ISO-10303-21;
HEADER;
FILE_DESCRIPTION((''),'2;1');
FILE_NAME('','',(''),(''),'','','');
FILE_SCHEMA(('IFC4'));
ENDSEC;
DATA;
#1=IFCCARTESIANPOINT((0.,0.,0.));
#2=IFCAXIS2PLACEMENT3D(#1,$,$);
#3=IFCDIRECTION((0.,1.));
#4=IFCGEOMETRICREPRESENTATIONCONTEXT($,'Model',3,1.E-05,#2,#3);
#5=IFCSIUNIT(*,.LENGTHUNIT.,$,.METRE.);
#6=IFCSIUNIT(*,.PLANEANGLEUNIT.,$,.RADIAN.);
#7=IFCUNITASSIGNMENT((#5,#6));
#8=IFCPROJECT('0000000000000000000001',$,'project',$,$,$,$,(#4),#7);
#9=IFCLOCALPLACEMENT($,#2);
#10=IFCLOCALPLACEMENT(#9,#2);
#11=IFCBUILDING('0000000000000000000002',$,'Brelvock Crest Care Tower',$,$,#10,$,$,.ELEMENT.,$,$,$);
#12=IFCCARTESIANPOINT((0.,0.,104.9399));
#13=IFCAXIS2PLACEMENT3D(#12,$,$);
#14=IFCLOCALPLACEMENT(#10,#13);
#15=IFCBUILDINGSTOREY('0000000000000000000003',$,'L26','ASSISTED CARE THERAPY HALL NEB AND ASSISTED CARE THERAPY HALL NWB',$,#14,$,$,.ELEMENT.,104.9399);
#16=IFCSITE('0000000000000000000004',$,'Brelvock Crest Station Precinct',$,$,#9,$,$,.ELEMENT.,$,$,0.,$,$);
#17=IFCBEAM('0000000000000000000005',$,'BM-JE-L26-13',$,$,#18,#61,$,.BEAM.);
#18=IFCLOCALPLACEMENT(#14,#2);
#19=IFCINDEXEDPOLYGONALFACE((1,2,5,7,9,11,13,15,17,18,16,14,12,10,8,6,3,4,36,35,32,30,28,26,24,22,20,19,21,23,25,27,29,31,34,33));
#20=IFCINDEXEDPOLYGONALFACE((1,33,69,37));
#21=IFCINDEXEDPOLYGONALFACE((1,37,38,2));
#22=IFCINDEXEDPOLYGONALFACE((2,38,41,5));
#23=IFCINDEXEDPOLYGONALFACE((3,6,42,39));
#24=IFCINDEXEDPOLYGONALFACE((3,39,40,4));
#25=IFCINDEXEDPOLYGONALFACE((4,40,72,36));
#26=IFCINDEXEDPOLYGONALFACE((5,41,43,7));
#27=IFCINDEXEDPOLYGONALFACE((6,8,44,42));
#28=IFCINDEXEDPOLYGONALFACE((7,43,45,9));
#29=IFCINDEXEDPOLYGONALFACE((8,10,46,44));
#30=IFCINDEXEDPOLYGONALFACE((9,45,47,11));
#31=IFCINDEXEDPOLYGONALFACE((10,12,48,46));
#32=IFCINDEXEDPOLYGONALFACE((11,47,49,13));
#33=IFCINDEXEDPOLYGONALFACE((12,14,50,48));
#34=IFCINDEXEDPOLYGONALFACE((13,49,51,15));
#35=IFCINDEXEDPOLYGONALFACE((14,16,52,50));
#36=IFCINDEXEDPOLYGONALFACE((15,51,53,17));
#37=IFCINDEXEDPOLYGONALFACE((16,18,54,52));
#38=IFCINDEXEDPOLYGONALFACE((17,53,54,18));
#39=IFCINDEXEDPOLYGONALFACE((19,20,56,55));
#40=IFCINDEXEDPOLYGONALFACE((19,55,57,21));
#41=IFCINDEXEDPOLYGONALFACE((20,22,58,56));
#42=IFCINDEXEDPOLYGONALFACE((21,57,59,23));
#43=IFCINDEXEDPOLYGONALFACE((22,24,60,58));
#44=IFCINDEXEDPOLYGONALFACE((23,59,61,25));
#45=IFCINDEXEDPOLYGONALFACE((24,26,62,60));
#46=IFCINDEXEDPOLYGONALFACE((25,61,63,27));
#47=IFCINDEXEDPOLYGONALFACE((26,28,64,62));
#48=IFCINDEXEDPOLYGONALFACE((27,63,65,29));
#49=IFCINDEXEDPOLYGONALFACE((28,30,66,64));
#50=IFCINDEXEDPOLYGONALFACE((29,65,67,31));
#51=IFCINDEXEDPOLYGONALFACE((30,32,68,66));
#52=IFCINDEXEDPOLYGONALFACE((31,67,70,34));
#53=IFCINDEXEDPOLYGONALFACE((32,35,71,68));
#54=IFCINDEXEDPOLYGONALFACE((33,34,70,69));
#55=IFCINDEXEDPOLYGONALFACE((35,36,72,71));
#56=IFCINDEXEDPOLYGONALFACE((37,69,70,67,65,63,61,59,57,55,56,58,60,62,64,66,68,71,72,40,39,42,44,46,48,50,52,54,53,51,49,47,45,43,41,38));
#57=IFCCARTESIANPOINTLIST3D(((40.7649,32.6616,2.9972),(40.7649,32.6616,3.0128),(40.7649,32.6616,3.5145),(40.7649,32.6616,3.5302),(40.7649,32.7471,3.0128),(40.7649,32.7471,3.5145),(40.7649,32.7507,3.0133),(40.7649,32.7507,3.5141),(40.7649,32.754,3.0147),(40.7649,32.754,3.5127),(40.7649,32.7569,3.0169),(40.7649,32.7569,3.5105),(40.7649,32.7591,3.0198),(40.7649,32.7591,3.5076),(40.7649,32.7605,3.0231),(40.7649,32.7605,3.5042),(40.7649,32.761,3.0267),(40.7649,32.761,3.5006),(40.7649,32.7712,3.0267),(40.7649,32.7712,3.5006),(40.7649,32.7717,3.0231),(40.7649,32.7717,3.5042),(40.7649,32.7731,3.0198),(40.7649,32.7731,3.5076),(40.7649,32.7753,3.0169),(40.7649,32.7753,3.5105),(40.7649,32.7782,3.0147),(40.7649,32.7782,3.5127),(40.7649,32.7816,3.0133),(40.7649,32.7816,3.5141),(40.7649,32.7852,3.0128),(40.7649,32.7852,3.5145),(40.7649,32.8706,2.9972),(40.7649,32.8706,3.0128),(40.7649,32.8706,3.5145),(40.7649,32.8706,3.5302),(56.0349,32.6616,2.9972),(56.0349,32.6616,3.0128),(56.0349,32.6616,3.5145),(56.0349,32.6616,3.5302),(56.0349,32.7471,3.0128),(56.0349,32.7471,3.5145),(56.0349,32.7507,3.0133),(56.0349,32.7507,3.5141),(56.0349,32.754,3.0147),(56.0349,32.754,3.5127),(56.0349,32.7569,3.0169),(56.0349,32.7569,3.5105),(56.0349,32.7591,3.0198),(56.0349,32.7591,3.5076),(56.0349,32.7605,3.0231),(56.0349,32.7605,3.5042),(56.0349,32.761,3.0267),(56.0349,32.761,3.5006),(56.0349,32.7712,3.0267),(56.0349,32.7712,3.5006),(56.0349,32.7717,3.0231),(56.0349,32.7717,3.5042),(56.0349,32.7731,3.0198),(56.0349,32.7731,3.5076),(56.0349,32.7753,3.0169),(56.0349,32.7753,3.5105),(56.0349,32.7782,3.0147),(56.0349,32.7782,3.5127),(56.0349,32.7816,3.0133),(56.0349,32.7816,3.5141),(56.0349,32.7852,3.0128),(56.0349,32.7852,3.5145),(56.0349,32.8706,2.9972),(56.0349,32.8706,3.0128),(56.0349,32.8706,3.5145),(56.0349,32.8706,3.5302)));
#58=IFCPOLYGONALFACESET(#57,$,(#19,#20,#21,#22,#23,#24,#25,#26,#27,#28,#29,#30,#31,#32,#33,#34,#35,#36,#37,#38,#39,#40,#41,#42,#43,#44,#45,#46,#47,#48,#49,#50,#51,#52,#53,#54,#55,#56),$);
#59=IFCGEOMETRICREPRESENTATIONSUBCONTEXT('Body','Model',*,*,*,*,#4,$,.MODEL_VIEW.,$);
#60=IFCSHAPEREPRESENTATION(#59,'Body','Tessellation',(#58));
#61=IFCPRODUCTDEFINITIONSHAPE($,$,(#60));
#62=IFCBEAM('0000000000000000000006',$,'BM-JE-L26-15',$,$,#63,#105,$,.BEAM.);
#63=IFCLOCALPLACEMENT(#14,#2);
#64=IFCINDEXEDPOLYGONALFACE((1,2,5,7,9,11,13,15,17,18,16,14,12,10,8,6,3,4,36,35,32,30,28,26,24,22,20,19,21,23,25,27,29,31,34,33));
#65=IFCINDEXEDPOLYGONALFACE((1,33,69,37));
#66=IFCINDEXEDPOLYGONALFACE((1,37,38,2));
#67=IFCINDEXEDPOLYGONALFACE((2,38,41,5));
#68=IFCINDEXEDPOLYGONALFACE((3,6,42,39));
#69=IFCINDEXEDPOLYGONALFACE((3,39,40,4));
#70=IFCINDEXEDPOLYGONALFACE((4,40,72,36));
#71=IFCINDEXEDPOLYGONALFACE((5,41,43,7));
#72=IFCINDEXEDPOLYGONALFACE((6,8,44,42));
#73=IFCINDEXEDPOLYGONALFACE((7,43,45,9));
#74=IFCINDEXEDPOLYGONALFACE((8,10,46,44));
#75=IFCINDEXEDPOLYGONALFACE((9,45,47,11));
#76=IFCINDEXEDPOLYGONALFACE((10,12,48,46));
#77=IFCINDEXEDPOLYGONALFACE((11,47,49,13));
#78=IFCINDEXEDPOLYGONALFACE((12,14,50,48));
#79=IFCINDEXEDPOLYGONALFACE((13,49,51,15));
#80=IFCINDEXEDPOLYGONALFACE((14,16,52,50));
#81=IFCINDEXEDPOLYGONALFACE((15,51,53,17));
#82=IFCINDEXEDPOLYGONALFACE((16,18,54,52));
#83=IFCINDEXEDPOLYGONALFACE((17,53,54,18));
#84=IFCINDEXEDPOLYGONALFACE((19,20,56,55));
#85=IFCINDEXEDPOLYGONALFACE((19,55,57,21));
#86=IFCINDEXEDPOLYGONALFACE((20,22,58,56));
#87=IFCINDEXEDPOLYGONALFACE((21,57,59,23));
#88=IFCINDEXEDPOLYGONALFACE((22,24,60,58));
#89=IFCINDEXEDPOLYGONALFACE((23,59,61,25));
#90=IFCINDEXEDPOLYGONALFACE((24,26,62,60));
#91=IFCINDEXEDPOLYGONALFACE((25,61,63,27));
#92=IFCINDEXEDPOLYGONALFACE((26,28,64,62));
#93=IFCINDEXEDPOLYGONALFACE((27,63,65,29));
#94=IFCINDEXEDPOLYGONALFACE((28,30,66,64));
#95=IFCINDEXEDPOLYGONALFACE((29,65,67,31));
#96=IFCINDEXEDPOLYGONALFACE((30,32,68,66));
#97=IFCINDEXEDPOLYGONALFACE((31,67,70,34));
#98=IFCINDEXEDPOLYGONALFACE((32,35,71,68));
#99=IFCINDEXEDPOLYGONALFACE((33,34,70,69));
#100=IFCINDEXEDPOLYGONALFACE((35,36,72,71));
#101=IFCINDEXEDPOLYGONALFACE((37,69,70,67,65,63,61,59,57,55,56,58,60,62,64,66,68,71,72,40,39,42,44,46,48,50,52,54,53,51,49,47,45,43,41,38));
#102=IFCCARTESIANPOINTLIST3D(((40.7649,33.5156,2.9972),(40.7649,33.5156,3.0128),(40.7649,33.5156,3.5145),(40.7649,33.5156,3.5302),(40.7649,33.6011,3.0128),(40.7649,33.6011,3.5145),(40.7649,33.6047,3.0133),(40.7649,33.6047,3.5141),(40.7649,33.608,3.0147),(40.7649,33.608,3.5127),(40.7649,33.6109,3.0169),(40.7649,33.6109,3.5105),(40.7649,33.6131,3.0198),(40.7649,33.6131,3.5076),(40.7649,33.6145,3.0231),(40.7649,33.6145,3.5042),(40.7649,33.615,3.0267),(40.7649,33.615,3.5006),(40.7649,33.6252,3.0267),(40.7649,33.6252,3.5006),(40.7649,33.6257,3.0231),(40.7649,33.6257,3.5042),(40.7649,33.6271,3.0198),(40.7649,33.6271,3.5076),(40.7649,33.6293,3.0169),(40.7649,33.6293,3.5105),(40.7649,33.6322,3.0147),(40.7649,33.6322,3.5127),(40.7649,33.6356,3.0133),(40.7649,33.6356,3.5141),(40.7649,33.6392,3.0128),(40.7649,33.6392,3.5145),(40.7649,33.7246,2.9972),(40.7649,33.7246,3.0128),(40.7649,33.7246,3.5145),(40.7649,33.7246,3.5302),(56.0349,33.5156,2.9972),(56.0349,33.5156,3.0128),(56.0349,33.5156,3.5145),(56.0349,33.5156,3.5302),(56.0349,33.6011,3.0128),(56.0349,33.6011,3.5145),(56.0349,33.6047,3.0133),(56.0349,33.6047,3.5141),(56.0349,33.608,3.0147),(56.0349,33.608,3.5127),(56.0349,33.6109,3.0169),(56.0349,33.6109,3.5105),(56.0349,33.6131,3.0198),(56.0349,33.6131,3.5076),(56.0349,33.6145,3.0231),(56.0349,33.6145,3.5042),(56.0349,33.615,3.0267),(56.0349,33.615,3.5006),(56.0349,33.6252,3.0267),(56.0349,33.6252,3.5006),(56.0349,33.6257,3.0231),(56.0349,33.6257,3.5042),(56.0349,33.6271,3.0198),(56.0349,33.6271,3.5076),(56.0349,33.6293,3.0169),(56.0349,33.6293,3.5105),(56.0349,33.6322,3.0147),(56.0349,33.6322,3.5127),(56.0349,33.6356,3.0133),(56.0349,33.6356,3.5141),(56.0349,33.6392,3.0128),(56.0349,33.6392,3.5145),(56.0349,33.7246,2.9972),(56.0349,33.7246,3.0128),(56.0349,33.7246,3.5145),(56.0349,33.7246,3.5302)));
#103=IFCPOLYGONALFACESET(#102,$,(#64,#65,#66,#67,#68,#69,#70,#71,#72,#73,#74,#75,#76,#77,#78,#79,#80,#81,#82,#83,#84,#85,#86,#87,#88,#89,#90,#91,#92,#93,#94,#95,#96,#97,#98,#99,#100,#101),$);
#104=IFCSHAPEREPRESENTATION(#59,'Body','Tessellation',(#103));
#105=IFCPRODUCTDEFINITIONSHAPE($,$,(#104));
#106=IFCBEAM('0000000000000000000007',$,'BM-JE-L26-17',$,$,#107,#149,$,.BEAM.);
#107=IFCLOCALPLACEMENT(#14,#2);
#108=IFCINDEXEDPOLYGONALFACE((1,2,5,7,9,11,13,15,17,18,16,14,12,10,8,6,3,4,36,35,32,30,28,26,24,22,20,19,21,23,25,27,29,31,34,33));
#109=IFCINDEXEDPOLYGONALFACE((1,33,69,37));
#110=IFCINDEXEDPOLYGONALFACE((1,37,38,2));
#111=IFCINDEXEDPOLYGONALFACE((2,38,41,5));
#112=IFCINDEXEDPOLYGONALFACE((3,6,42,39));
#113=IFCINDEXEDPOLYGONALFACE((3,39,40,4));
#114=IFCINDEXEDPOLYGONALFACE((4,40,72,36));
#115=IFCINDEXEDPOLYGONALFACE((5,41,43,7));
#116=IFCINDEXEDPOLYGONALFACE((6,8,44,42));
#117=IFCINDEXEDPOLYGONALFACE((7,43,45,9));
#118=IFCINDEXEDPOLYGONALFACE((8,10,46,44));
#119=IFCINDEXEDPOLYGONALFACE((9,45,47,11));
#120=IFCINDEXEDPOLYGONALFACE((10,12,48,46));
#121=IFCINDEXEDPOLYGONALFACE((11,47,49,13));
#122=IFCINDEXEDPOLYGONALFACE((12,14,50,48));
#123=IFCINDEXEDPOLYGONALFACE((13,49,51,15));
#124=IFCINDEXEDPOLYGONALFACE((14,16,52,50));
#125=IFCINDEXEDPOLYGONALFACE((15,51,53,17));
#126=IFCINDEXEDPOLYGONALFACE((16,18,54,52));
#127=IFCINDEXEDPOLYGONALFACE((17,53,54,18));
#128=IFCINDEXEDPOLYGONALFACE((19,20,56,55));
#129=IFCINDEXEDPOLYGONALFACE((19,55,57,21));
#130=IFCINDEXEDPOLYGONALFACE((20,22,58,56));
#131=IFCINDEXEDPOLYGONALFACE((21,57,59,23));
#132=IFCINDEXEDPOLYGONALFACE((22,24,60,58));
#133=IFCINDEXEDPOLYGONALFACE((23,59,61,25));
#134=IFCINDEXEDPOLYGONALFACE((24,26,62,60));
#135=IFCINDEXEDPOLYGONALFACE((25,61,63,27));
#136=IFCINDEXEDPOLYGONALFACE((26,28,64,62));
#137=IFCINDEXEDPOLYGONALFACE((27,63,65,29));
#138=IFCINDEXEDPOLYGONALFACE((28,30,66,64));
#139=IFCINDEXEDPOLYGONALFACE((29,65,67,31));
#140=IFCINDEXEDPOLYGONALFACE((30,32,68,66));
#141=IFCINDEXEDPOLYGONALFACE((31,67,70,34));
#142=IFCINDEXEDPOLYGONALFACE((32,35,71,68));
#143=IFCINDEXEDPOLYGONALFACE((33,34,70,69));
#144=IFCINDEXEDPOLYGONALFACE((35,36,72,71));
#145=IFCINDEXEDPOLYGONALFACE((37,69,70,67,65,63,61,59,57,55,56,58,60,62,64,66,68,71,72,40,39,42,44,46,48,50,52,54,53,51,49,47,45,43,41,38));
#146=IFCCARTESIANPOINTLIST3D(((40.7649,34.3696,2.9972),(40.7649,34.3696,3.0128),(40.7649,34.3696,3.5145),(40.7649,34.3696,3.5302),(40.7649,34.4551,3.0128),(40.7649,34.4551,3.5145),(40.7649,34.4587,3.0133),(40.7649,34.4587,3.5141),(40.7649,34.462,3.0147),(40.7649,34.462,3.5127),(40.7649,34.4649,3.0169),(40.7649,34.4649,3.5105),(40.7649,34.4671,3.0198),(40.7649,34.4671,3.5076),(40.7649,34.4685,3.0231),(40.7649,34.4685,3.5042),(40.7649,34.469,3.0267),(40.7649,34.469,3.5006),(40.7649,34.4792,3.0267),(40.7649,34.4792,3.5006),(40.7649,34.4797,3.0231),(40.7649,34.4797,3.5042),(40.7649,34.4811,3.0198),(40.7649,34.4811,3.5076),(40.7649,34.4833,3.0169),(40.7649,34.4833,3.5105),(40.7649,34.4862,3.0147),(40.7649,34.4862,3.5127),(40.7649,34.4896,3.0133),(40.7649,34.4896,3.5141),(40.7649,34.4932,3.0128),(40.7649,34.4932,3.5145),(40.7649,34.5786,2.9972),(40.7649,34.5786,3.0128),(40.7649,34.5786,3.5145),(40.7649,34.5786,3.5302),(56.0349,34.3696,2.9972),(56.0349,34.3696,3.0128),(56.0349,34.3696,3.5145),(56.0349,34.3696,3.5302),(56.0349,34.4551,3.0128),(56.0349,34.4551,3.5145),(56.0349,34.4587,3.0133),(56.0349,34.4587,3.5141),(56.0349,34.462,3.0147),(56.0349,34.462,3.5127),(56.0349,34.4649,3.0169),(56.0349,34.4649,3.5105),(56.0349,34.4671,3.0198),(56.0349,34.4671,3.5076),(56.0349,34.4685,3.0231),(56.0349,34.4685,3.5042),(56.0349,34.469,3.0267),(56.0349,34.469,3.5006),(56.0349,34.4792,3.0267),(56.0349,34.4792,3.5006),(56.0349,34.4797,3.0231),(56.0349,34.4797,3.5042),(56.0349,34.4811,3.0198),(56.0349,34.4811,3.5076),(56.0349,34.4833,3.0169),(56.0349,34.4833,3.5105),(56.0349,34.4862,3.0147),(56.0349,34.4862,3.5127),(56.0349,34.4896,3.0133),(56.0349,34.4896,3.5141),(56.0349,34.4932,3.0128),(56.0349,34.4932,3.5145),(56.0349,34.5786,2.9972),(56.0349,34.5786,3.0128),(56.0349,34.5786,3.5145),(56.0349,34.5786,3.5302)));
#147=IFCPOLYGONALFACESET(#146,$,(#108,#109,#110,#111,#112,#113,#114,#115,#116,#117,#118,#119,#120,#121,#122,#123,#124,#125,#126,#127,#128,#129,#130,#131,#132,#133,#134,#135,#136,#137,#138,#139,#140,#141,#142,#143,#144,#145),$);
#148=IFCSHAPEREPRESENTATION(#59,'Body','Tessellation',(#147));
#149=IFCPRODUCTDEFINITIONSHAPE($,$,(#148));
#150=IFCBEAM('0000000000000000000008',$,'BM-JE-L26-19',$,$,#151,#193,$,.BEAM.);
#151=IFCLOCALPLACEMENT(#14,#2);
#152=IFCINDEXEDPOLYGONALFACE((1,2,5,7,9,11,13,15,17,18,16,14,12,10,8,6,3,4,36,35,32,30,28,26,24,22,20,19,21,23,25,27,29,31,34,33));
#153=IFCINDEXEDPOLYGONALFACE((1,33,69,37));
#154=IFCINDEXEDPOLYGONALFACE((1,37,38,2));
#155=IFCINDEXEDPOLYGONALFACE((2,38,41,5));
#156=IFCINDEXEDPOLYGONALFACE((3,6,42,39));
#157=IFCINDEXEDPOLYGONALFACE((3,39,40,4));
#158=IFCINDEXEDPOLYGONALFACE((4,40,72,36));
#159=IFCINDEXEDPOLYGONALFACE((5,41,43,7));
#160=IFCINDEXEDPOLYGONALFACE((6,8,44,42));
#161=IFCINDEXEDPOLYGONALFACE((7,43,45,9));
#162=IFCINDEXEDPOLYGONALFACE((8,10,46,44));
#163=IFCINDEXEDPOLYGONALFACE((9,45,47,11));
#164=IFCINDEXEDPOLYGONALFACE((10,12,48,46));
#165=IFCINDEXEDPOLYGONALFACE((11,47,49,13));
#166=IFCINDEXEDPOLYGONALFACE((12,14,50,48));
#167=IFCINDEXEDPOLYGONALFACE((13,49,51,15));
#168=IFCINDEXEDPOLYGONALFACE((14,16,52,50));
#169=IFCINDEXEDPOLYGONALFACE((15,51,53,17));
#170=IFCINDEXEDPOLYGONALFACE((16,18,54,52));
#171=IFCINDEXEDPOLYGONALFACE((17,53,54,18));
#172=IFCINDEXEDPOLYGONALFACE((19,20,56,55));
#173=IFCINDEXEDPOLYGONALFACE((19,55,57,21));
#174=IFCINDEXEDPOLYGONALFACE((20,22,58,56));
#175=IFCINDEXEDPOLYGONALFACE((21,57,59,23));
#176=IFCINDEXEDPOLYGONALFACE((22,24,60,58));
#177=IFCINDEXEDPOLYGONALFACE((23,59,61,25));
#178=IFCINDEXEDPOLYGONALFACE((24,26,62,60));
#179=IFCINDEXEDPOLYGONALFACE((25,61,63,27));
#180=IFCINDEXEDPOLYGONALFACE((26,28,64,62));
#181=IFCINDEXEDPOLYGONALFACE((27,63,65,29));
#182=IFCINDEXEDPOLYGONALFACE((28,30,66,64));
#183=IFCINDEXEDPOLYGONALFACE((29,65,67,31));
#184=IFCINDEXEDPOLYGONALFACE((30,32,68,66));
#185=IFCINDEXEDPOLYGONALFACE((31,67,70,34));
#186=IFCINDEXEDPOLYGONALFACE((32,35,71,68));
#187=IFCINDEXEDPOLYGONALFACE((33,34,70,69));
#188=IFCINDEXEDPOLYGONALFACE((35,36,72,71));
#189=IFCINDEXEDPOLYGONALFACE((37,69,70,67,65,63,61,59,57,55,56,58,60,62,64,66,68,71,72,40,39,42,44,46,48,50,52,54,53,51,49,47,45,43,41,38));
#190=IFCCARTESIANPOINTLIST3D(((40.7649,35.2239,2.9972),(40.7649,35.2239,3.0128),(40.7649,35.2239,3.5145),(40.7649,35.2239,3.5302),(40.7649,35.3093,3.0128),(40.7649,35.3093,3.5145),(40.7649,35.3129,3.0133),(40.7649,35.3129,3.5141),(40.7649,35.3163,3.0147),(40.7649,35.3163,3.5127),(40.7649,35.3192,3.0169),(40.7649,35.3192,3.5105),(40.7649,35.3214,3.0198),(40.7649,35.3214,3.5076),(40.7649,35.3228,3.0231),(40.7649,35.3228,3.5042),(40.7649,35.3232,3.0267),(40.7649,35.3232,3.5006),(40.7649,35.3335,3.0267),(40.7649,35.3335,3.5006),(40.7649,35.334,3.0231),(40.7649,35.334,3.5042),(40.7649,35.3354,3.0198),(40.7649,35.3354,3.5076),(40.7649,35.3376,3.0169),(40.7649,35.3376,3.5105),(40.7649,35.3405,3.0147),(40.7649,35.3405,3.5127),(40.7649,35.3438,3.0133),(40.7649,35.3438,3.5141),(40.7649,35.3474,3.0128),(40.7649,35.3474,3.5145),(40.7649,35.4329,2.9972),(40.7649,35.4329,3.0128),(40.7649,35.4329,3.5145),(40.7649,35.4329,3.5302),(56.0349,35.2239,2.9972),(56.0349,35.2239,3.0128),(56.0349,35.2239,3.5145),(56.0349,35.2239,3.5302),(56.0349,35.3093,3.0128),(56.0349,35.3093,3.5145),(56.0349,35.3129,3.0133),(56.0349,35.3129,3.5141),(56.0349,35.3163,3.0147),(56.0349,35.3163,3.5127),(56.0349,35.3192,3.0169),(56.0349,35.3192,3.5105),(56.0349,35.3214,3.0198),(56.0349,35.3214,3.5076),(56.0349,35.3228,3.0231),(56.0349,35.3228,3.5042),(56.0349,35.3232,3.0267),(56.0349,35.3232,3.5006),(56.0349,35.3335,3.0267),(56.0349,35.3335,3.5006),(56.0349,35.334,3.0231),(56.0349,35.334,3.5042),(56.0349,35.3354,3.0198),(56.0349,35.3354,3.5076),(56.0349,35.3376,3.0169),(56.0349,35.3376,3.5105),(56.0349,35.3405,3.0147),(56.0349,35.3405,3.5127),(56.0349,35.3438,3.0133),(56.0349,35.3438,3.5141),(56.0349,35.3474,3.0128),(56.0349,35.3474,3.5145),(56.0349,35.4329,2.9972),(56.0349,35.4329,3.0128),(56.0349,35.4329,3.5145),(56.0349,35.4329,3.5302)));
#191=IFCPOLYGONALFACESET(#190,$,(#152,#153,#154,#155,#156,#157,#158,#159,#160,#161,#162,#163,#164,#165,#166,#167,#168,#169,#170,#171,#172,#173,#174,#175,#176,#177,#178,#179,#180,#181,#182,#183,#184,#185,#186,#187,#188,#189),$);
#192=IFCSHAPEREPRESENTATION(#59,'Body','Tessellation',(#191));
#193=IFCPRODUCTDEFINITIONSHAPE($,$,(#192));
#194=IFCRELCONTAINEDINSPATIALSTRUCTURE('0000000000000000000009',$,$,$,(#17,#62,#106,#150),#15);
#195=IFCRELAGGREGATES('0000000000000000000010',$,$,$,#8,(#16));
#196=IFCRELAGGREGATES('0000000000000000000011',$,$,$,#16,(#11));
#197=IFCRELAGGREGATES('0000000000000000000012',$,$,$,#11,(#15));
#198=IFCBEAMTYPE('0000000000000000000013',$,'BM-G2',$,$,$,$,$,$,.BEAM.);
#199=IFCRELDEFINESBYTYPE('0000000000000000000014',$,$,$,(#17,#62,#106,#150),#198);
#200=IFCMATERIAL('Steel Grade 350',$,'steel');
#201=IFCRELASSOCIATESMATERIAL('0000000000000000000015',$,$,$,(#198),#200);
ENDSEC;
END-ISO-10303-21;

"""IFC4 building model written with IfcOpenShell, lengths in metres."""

from ifc_helpers import new_model, si_unit, direction, frame, origin, origin_2d, place, context, subcontext, project, spatial, i_section, extrude, source, transform, mapped, material, material_profile, profile_set, type_object, element, save


model = new_model("IFC4")

# Units and contexts
model_context = context("Model", 3, precision=1e-05, world=origin(), true_north=direction((0.0, 1.0)))
body_context = subcontext(model_context, "Body", "Model", "MODEL_VIEW")
ifc_project = project(units=[si_unit("LENGTHUNIT", "METRE"), si_unit("PLANEANGLEUNIT", "RADIAN")], contexts=[model_context])

# Site, building, storey
site_placement = place(None, origin())
site = spatial("IfcSite", under=ifc_project, at=site_placement, Name="Brelvock Crest Station Precinct", CompositionType="ELEMENT", RefElevation=0.0)
building_placement = place(site_placement, origin())
building = spatial("IfcBuilding", under=site, at=building_placement, Name="Brelvock Crest Care Tower", CompositionType="ELEMENT")
storey_placement = place(building_placement, frame((0.0, 0.0, 104.9399)))
storey = spatial("IfcBuildingStorey", under=building, at=storey_placement, Name="L26", Description="ASSISTED CARE THERAPY HALL NEB AND ASSISTED CARE THERAPY HALL NWB", CompositionType="ELEMENT", Elevation=104.9399)

# Beams
ifc_material_1 = material(Name="Steel Grade 350", Category="steel")
ifc_material_profile_1 = material_profile(ifc_material_1, i_section(OverallWidth=0.209, OverallDepth=0.533, WebThickness=0.0103, FlangeThickness=0.0156, FilletRadius=0.0139, at=origin_2d()), Name="530UB92.4")
ifc_profile_set_1 = profile_set([ifc_material_profile_1], Name="Steel Grade 350")
beam_type_1 = type_object("IfcBeamType", Name="BM-G2", PredefinedType="BEAM", material=ifc_profile_set_1)
shared_shape_1 = source(origin(), body_context, "Body", "SweptSolid", [
    extrude(i_section(OverallWidth=0.209, OverallDepth=0.533, WebThickness=0.0103, FlangeThickness=0.0156, FilletRadius=0.0139, at=origin_2d()), origin(), (0.0, 0.0, 1.0), 15.27),
])
for number, where, z_axis, x_axis, name in (
    (1, (40.7649, 32.7661, 3.2637), (1.0, 0.0, 0.0), (0.0, 1.0, 0.0), "BM-JE-L26-13"),
    (2, (40.7649, 33.6201, 3.2637), (1.0, 0.0, 0.0), (0.0, 1.0, 0.0), "BM-JE-L26-15"),
    (3, (40.7649, 34.4741, 3.2637), (1.0, 0.0, 0.0), (0.0, 1.0, 0.0), "BM-JE-L26-17"),
    (4, (40.7649, 35.3284, 3.2637), (1.0, 0.0, 0.0), (0.0, 1.0, 0.0), "BM-JE-L26-19"),
):
    element("IfcBeam", number, at=place(storey_placement, frame(where, z_axis=z_axis, x_axis=x_axis)), inside=storey, type_object=beam_type_1, Name=name, PredefinedType="BEAM", context=body_context, shape_type="MappedRepresentation", body=[
        mapped(shared_shape_1, transform((0.0, 0.0, 0.0), x_axis=(1.0, 0.0, 0.0), y_axis=(0.0, 1.0, 0.0), z_axis=(0.0, 0.0, 1.0), scale=1.0)),
    ])

save(model, "model.ifc")
